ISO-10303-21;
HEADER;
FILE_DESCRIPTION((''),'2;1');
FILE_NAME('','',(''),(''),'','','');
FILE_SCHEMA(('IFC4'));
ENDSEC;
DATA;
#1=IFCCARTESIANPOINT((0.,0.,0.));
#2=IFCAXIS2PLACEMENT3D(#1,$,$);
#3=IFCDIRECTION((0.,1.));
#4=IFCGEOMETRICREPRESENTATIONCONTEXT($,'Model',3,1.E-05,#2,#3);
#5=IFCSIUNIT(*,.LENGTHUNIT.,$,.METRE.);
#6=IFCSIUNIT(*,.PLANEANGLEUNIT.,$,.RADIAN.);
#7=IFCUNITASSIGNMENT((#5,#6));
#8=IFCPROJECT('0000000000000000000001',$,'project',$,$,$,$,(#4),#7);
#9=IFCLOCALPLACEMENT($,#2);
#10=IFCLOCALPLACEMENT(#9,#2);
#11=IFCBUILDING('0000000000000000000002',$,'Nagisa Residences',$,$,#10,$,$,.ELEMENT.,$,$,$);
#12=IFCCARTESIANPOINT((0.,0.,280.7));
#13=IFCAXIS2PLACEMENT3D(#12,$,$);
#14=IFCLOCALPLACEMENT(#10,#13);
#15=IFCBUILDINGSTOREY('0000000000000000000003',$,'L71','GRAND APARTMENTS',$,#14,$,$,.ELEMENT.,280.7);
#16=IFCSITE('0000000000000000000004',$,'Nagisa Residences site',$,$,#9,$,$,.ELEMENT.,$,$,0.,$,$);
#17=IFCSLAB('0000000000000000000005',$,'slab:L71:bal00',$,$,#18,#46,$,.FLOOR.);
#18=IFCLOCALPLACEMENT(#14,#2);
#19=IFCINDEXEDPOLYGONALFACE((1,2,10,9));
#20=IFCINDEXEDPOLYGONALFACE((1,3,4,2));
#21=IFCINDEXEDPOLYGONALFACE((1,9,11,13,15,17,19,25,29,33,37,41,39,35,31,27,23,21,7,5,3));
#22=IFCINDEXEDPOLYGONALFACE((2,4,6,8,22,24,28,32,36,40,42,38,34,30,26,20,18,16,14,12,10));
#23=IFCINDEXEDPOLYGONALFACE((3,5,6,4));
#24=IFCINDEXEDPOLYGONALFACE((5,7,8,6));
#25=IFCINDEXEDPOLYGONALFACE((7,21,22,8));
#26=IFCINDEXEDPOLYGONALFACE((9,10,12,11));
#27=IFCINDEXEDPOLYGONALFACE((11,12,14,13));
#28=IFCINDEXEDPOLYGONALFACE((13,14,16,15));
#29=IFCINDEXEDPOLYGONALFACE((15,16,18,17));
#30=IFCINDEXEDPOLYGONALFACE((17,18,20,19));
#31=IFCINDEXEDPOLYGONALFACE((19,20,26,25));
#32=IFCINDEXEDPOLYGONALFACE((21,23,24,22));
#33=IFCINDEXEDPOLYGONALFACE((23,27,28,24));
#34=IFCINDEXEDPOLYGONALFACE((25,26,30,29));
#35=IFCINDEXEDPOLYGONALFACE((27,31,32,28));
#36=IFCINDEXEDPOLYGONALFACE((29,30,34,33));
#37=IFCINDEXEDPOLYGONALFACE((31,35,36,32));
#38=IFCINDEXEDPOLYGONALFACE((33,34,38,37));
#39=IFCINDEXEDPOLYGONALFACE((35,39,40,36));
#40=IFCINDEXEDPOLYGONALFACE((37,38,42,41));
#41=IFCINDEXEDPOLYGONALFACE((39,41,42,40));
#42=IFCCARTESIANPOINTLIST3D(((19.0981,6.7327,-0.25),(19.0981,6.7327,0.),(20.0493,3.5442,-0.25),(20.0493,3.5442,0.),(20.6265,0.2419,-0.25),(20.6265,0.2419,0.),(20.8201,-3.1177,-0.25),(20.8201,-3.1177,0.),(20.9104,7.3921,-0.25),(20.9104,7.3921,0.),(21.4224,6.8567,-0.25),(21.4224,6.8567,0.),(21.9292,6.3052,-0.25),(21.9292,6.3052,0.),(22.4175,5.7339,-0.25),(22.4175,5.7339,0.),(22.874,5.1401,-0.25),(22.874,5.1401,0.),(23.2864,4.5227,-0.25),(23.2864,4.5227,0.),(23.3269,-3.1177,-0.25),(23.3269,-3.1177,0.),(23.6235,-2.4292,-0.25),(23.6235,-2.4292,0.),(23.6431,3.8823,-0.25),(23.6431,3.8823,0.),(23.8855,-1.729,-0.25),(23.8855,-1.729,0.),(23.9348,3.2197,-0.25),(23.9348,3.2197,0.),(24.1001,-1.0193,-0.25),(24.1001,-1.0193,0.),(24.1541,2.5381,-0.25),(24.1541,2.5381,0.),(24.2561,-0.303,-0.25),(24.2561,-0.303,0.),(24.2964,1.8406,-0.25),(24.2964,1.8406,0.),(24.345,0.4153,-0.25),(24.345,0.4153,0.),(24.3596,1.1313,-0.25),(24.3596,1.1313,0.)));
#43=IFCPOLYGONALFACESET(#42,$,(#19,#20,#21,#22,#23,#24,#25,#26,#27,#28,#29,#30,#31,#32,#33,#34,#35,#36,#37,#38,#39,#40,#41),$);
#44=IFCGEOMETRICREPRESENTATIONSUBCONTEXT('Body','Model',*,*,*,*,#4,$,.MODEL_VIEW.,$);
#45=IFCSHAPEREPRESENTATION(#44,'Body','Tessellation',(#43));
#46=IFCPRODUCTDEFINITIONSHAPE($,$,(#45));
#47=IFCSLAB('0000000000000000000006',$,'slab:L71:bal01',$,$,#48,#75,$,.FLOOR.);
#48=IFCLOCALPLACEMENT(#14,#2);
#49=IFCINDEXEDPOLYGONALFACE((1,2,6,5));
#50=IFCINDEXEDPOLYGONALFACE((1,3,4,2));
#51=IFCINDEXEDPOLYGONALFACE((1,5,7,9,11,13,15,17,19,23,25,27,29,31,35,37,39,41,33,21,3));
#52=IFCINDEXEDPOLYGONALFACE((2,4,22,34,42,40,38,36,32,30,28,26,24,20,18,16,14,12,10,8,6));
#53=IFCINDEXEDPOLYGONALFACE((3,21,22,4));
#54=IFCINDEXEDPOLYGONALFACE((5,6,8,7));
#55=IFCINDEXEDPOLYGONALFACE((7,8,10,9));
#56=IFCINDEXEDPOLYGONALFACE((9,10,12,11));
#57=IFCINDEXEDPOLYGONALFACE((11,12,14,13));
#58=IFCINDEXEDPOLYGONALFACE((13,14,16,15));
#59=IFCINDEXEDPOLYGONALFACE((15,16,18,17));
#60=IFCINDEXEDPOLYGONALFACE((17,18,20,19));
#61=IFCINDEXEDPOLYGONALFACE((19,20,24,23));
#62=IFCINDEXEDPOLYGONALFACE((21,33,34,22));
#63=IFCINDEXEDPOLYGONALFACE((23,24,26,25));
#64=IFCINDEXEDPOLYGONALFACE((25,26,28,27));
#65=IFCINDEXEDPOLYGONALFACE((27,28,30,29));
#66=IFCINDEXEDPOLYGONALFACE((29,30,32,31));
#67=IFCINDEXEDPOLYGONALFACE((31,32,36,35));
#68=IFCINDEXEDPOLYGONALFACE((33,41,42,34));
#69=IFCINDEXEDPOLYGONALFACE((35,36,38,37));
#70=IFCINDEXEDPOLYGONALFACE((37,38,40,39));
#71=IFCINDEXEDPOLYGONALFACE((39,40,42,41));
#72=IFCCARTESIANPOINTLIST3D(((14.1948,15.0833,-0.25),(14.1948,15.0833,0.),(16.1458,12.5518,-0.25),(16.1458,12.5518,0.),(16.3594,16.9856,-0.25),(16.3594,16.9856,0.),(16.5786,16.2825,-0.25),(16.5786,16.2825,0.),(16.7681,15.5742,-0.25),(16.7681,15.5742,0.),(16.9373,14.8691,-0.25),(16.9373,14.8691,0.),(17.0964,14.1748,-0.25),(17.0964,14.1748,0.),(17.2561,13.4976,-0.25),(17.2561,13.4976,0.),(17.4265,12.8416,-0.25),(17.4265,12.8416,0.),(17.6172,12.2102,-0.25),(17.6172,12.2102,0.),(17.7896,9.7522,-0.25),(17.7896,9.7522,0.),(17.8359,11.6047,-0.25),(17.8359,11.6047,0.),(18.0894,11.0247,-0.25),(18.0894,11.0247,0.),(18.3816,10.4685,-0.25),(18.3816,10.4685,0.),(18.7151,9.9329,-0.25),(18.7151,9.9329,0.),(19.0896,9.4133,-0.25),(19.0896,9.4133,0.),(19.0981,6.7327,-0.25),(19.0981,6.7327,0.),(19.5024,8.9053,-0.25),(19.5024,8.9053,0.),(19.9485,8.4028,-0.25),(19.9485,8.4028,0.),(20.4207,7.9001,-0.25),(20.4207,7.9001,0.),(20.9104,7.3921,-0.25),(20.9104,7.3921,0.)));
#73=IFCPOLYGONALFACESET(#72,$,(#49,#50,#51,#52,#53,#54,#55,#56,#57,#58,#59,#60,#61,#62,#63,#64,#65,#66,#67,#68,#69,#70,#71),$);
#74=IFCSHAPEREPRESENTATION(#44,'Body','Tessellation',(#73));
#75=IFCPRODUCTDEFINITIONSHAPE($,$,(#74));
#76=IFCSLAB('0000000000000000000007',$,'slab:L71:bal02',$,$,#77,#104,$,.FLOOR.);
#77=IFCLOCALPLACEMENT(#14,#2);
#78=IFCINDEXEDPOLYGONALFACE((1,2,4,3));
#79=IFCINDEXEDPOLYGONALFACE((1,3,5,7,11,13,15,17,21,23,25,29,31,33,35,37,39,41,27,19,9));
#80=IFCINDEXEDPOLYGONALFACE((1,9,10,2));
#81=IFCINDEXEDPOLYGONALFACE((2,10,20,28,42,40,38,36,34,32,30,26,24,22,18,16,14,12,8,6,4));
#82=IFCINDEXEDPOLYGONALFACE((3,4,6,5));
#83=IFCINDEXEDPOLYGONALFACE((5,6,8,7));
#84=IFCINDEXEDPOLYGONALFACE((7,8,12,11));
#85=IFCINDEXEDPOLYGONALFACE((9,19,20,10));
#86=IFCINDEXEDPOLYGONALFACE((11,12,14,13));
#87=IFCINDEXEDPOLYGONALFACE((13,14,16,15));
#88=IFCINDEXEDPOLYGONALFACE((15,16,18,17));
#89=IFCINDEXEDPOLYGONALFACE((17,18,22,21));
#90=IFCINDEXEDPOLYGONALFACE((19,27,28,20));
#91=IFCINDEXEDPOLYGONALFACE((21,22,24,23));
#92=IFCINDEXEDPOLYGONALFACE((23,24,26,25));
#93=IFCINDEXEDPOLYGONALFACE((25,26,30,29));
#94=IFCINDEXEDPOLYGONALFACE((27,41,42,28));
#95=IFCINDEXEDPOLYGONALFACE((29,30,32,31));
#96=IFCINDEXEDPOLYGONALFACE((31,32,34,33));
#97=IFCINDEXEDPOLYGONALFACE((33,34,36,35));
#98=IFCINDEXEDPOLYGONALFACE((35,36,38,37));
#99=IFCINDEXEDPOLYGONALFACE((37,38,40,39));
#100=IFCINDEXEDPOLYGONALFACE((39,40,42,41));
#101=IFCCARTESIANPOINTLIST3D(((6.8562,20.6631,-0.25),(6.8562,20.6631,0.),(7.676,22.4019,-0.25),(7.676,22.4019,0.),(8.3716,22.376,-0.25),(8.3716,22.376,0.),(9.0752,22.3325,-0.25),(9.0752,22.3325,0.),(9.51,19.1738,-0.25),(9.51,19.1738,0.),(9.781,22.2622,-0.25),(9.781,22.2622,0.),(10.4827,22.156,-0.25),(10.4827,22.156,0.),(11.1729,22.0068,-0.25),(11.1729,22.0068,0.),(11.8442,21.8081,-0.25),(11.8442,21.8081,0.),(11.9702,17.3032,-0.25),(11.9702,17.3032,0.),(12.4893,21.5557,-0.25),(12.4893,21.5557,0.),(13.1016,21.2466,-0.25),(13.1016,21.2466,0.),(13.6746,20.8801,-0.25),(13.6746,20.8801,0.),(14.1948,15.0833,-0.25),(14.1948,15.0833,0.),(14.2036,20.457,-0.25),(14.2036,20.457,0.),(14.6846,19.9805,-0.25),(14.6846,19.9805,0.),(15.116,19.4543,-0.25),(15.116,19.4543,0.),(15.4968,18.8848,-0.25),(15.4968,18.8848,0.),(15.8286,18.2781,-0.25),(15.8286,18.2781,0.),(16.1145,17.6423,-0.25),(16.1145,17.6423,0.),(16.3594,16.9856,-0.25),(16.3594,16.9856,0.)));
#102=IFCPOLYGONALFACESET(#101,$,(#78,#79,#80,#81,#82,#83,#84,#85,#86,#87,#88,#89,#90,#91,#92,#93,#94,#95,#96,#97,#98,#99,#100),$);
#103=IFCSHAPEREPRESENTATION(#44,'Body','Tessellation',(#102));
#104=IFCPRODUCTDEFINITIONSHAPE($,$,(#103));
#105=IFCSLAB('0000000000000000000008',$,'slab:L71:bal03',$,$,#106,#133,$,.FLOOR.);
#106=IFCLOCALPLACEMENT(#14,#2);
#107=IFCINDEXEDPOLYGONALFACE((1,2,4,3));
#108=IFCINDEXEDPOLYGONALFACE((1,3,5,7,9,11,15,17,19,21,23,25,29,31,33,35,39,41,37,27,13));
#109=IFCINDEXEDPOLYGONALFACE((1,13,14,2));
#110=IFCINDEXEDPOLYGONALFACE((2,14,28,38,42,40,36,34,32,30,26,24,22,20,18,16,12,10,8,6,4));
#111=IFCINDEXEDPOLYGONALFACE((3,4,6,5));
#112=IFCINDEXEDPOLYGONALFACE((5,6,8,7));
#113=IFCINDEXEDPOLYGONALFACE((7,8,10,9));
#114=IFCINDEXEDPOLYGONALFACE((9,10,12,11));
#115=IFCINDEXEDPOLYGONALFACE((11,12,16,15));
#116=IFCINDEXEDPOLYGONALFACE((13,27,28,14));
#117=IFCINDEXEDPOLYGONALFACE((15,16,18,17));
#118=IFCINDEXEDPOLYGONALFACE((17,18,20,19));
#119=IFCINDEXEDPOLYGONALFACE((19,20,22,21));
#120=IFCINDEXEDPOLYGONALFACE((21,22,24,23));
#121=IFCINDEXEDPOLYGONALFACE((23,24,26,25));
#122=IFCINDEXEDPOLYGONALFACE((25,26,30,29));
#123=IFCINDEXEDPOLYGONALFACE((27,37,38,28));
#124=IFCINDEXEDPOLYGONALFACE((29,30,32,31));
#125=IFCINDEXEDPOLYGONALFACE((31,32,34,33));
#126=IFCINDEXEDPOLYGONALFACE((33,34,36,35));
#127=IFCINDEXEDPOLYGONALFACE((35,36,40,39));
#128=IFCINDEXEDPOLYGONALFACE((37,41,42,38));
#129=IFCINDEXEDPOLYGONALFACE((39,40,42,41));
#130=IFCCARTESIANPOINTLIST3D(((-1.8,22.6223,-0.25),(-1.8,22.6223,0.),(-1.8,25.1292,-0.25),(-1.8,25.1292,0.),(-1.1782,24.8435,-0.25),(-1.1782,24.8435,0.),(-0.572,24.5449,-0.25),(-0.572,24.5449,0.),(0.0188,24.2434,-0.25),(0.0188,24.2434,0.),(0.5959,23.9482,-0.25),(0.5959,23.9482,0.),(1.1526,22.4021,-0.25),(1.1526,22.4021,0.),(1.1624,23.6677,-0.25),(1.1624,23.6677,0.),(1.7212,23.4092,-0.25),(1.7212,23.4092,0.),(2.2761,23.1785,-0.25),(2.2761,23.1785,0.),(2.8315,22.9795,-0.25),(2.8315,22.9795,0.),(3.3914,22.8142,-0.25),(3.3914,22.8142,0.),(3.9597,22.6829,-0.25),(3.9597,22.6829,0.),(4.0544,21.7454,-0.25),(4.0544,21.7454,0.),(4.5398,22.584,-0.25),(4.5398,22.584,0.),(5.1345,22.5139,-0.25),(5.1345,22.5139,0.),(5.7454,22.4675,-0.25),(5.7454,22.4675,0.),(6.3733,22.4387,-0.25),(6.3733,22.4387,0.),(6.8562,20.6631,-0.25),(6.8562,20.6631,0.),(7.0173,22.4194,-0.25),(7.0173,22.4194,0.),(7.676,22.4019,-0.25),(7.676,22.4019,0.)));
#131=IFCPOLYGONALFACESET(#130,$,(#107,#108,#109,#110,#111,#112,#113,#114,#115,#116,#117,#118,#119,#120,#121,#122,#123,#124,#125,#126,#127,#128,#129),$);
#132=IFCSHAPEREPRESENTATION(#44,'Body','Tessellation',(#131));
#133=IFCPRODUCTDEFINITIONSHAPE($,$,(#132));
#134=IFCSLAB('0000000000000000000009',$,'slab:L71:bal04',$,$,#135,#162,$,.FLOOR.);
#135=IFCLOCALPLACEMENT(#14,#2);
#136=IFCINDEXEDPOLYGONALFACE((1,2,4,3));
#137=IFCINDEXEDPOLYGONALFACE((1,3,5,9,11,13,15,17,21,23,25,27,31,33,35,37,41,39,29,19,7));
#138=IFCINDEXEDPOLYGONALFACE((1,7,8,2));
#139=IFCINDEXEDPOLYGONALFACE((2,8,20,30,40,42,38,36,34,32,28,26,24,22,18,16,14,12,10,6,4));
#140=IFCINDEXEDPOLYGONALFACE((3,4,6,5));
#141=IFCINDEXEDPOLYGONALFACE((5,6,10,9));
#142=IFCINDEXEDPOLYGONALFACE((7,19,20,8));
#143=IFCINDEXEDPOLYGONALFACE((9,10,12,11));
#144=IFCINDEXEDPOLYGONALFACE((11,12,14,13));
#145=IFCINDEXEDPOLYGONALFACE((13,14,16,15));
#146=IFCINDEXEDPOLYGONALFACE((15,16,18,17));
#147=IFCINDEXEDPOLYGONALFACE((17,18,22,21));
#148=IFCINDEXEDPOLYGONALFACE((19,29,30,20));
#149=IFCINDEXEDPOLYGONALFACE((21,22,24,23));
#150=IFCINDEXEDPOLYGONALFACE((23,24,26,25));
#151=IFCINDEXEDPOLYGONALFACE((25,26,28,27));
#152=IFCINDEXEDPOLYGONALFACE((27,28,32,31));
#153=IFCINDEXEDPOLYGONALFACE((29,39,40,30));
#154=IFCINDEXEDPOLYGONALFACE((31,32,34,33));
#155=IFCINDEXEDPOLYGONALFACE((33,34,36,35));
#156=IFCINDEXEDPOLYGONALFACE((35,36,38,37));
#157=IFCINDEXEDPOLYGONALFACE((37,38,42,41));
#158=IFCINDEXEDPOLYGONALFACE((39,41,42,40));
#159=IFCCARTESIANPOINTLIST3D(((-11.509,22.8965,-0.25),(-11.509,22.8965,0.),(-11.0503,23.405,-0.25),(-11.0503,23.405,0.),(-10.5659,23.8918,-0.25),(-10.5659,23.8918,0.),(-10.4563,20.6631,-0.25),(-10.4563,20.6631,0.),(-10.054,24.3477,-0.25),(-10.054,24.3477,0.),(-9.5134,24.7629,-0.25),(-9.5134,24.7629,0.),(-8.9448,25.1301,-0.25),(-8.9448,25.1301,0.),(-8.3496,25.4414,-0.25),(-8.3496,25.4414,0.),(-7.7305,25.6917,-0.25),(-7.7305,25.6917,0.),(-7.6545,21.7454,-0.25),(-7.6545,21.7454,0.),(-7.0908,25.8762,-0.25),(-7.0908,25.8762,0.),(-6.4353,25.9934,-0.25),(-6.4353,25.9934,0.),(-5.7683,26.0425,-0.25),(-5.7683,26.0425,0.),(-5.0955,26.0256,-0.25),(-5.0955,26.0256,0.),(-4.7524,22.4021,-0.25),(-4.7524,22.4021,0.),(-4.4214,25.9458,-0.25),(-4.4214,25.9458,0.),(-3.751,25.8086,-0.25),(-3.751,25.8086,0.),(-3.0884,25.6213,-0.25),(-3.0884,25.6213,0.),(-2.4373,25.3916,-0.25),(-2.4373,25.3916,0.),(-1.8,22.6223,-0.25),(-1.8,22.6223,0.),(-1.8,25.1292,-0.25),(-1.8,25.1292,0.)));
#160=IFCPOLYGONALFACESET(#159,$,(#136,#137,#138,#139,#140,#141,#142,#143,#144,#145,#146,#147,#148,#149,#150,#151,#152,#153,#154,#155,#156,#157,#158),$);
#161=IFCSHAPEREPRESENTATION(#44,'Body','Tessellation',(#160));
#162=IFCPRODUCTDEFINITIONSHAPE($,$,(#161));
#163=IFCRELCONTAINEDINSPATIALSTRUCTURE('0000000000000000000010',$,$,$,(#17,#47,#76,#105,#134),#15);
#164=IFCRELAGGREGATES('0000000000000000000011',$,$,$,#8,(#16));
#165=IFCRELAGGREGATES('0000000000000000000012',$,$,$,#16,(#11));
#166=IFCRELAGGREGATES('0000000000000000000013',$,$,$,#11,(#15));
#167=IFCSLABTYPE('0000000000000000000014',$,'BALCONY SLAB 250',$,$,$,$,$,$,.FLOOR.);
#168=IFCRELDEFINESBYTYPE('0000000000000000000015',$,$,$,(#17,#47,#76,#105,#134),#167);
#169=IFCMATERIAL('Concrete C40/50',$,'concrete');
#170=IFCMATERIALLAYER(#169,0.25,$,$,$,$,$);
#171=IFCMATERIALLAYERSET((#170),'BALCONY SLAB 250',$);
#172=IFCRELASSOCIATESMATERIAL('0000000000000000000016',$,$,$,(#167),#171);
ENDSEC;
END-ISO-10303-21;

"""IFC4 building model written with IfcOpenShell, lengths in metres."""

from ifc_helpers import new_model, si_unit, direction, frame, origin, place, context, subcontext, project, spatial, polyline, outline, extrude, material, layer, layer_set, type_object, element, save


model = new_model("IFC4")

# Units and contexts
model_context = context("Model", 3, precision=1e-05, world=origin(), true_north=direction((0.0, 1.0)))
body_context = subcontext(model_context, "Body", "Model", "MODEL_VIEW")
ifc_project = project(units=[si_unit("LENGTHUNIT", "METRE"), si_unit("PLANEANGLEUNIT", "RADIAN")], contexts=[model_context])

# Site, building, storey
site_placement = place(None, origin())
site = spatial("IfcSite", under=ifc_project, at=site_placement, Name="Nagisa Residences site", CompositionType="ELEMENT", RefElevation=0.0)
building_placement = place(site_placement, origin())
building = spatial("IfcBuilding", under=site, at=building_placement, Name="Nagisa Residences", CompositionType="ELEMENT")
storey_placement = place(building_placement, frame((0.0, 0.0, 280.7)))
storey = spatial("IfcBuildingStorey", under=building, at=storey_placement, Name="L71", Description="GRAND APARTMENTS", CompositionType="ELEMENT", Elevation=280.7)

# Slabs
ifc_material_1 = material(Name="Concrete C40/50", Category="concrete")
ifc_layer_1 = layer(ifc_material_1, 0.25)
ifc_layer_set_1 = layer_set([ifc_layer_1], Name="BALCONY SLAB 250")
slab_type_1 = type_object("IfcSlabType", Name="BALCONY SLAB 250", PredefinedType="FLOOR", material=ifc_layer_set_1)
slab_1_placement = place(storey_placement, frame((0.0, 0.0, -0.25)))
element("IfcSlab", 1, at=slab_1_placement, inside=storey, type_object=slab_type_1, Name="slab:L71:bal00", PredefinedType="FLOOR", context=body_context, shape_type="SweptSolid", body=[
    extrude(outline(polyline([(23.3269, -3.1177), (23.6235, -2.4292), (23.8855, -1.729), (24.1001, -1.0193), (24.2561, -0.303), (24.345, 0.4153), (24.3596, 1.1313), (24.2964, 1.8406), (24.1541, 2.5381), (23.9348, 3.2197), (23.6431, 3.8823), (23.2864, 4.5227), (22.874, 5.1401), (22.4175, 5.7339), (21.9292, 6.3052), (21.4224, 6.8567), (20.9104, 7.3921), (19.0981, 6.7327), (20.0493, 3.5442), (20.6265, 0.2419), (20.8201, -3.1177), (23.3269, -3.1177)])), origin(), (0.0, 0.0, 1.0), 0.25),
])
slab_2_placement = place(storey_placement, frame((0.0, 0.0, -0.25)))
element("IfcSlab", 2, at=slab_2_placement, inside=storey, type_object=slab_type_1, Name="slab:L71:bal01", PredefinedType="FLOOR", context=body_context, shape_type="SweptSolid", body=[
    extrude(outline(polyline([(20.9104, 7.3921), (20.4207, 7.9001), (19.9485, 8.4028), (19.5024, 8.9053), (19.0896, 9.4133), (18.7151, 9.9329), (18.3816, 10.4685), (18.0894, 11.0247), (17.8359, 11.6047), (17.6172, 12.2102), (17.4265, 12.8416), (17.2561, 13.4976), (17.0964, 14.1748), (16.9373, 14.8691), (16.7681, 15.5742), (16.5786, 16.2825), (16.3594, 16.9856), (14.1948, 15.0833), (16.1458, 12.5518), (17.7896, 9.7522), (19.0981, 6.7327), (20.9104, 7.3921)])), origin(), (0.0, 0.0, 1.0), 0.25),
])
slab_3_placement = place(storey_placement, frame((0.0, 0.0, -0.25)))
element("IfcSlab", 3, at=slab_3_placement, inside=storey, type_object=slab_type_1, Name="slab:L71:bal02", PredefinedType="FLOOR", context=body_context, shape_type="SweptSolid", body=[
    extrude(outline(polyline([(16.3594, 16.9856), (16.1145, 17.6423), (15.8286, 18.2781), (15.4968, 18.8848), (15.116, 19.4543), (14.6846, 19.9805), (14.2036, 20.457), (13.6746, 20.8801), (13.1016, 21.2466), (12.4893, 21.5557), (11.8442, 21.8081), (11.1729, 22.0068), (10.4827, 22.156), (9.781, 22.2622), (9.0752, 22.3325), (8.3716, 22.376), (7.676, 22.4019), (6.8562, 20.6631), (9.51, 19.1738), (11.9702, 17.3032), (14.1948, 15.0833), (16.3594, 16.9856)])), origin(), (0.0, 0.0, 1.0), 0.25),
])
slab_4_placement = place(storey_placement, frame((0.0, 0.0, -0.25)))
element("IfcSlab", 4, at=slab_4_placement, inside=storey, type_object=slab_type_1, Name="slab:L71:bal03", PredefinedType="FLOOR", context=body_context, shape_type="SweptSolid", body=[
    extrude(outline(polyline([(7.676, 22.4019), (7.0173, 22.4194), (6.3733, 22.4387), (5.7454, 22.4675), (5.1345, 22.5139), (4.5398, 22.584), (3.9597, 22.6829), (3.3914, 22.8142), (2.8315, 22.9795), (2.2761, 23.1785), (1.7212, 23.4092), (1.1624, 23.6677), (0.5959, 23.9482), (0.0188, 24.2434), (-0.572, 24.5449), (-1.1782, 24.8435), (-1.8, 25.1292), (-1.8, 22.6223), (1.1526, 22.4021), (4.0544, 21.7454), (6.8562, 20.6631), (7.676, 22.4019)])), origin(), (0.0, 0.0, 1.0), 0.25),
])
slab_5_placement = place(storey_placement, frame((0.0, 0.0, -0.25)))
element("IfcSlab", 5, at=slab_5_placement, inside=storey, type_object=slab_type_1, Name="slab:L71:bal04", PredefinedType="FLOOR", context=body_context, shape_type="SweptSolid", body=[
    extrude(outline(polyline([(-1.8, 25.1292), (-2.4373, 25.3916), (-3.0884, 25.6213), (-3.751, 25.8086), (-4.4214, 25.9458), (-5.0955, 26.0256), (-5.7683, 26.0425), (-6.4353, 25.9934), (-7.0908, 25.8762), (-7.7305, 25.6917), (-8.3496, 25.4414), (-8.9448, 25.1301), (-9.5134, 24.7629), (-10.054, 24.3477), (-10.5659, 23.8918), (-11.0503, 23.405), (-11.509, 22.8965), (-10.4563, 20.6631), (-7.6545, 21.7454), (-4.7524, 22.4021), (-1.8, 22.6223), (-1.8, 25.1292)])), origin(), (0.0, 0.0, 1.0), 0.25),
])

save(model, "model.ifc")
